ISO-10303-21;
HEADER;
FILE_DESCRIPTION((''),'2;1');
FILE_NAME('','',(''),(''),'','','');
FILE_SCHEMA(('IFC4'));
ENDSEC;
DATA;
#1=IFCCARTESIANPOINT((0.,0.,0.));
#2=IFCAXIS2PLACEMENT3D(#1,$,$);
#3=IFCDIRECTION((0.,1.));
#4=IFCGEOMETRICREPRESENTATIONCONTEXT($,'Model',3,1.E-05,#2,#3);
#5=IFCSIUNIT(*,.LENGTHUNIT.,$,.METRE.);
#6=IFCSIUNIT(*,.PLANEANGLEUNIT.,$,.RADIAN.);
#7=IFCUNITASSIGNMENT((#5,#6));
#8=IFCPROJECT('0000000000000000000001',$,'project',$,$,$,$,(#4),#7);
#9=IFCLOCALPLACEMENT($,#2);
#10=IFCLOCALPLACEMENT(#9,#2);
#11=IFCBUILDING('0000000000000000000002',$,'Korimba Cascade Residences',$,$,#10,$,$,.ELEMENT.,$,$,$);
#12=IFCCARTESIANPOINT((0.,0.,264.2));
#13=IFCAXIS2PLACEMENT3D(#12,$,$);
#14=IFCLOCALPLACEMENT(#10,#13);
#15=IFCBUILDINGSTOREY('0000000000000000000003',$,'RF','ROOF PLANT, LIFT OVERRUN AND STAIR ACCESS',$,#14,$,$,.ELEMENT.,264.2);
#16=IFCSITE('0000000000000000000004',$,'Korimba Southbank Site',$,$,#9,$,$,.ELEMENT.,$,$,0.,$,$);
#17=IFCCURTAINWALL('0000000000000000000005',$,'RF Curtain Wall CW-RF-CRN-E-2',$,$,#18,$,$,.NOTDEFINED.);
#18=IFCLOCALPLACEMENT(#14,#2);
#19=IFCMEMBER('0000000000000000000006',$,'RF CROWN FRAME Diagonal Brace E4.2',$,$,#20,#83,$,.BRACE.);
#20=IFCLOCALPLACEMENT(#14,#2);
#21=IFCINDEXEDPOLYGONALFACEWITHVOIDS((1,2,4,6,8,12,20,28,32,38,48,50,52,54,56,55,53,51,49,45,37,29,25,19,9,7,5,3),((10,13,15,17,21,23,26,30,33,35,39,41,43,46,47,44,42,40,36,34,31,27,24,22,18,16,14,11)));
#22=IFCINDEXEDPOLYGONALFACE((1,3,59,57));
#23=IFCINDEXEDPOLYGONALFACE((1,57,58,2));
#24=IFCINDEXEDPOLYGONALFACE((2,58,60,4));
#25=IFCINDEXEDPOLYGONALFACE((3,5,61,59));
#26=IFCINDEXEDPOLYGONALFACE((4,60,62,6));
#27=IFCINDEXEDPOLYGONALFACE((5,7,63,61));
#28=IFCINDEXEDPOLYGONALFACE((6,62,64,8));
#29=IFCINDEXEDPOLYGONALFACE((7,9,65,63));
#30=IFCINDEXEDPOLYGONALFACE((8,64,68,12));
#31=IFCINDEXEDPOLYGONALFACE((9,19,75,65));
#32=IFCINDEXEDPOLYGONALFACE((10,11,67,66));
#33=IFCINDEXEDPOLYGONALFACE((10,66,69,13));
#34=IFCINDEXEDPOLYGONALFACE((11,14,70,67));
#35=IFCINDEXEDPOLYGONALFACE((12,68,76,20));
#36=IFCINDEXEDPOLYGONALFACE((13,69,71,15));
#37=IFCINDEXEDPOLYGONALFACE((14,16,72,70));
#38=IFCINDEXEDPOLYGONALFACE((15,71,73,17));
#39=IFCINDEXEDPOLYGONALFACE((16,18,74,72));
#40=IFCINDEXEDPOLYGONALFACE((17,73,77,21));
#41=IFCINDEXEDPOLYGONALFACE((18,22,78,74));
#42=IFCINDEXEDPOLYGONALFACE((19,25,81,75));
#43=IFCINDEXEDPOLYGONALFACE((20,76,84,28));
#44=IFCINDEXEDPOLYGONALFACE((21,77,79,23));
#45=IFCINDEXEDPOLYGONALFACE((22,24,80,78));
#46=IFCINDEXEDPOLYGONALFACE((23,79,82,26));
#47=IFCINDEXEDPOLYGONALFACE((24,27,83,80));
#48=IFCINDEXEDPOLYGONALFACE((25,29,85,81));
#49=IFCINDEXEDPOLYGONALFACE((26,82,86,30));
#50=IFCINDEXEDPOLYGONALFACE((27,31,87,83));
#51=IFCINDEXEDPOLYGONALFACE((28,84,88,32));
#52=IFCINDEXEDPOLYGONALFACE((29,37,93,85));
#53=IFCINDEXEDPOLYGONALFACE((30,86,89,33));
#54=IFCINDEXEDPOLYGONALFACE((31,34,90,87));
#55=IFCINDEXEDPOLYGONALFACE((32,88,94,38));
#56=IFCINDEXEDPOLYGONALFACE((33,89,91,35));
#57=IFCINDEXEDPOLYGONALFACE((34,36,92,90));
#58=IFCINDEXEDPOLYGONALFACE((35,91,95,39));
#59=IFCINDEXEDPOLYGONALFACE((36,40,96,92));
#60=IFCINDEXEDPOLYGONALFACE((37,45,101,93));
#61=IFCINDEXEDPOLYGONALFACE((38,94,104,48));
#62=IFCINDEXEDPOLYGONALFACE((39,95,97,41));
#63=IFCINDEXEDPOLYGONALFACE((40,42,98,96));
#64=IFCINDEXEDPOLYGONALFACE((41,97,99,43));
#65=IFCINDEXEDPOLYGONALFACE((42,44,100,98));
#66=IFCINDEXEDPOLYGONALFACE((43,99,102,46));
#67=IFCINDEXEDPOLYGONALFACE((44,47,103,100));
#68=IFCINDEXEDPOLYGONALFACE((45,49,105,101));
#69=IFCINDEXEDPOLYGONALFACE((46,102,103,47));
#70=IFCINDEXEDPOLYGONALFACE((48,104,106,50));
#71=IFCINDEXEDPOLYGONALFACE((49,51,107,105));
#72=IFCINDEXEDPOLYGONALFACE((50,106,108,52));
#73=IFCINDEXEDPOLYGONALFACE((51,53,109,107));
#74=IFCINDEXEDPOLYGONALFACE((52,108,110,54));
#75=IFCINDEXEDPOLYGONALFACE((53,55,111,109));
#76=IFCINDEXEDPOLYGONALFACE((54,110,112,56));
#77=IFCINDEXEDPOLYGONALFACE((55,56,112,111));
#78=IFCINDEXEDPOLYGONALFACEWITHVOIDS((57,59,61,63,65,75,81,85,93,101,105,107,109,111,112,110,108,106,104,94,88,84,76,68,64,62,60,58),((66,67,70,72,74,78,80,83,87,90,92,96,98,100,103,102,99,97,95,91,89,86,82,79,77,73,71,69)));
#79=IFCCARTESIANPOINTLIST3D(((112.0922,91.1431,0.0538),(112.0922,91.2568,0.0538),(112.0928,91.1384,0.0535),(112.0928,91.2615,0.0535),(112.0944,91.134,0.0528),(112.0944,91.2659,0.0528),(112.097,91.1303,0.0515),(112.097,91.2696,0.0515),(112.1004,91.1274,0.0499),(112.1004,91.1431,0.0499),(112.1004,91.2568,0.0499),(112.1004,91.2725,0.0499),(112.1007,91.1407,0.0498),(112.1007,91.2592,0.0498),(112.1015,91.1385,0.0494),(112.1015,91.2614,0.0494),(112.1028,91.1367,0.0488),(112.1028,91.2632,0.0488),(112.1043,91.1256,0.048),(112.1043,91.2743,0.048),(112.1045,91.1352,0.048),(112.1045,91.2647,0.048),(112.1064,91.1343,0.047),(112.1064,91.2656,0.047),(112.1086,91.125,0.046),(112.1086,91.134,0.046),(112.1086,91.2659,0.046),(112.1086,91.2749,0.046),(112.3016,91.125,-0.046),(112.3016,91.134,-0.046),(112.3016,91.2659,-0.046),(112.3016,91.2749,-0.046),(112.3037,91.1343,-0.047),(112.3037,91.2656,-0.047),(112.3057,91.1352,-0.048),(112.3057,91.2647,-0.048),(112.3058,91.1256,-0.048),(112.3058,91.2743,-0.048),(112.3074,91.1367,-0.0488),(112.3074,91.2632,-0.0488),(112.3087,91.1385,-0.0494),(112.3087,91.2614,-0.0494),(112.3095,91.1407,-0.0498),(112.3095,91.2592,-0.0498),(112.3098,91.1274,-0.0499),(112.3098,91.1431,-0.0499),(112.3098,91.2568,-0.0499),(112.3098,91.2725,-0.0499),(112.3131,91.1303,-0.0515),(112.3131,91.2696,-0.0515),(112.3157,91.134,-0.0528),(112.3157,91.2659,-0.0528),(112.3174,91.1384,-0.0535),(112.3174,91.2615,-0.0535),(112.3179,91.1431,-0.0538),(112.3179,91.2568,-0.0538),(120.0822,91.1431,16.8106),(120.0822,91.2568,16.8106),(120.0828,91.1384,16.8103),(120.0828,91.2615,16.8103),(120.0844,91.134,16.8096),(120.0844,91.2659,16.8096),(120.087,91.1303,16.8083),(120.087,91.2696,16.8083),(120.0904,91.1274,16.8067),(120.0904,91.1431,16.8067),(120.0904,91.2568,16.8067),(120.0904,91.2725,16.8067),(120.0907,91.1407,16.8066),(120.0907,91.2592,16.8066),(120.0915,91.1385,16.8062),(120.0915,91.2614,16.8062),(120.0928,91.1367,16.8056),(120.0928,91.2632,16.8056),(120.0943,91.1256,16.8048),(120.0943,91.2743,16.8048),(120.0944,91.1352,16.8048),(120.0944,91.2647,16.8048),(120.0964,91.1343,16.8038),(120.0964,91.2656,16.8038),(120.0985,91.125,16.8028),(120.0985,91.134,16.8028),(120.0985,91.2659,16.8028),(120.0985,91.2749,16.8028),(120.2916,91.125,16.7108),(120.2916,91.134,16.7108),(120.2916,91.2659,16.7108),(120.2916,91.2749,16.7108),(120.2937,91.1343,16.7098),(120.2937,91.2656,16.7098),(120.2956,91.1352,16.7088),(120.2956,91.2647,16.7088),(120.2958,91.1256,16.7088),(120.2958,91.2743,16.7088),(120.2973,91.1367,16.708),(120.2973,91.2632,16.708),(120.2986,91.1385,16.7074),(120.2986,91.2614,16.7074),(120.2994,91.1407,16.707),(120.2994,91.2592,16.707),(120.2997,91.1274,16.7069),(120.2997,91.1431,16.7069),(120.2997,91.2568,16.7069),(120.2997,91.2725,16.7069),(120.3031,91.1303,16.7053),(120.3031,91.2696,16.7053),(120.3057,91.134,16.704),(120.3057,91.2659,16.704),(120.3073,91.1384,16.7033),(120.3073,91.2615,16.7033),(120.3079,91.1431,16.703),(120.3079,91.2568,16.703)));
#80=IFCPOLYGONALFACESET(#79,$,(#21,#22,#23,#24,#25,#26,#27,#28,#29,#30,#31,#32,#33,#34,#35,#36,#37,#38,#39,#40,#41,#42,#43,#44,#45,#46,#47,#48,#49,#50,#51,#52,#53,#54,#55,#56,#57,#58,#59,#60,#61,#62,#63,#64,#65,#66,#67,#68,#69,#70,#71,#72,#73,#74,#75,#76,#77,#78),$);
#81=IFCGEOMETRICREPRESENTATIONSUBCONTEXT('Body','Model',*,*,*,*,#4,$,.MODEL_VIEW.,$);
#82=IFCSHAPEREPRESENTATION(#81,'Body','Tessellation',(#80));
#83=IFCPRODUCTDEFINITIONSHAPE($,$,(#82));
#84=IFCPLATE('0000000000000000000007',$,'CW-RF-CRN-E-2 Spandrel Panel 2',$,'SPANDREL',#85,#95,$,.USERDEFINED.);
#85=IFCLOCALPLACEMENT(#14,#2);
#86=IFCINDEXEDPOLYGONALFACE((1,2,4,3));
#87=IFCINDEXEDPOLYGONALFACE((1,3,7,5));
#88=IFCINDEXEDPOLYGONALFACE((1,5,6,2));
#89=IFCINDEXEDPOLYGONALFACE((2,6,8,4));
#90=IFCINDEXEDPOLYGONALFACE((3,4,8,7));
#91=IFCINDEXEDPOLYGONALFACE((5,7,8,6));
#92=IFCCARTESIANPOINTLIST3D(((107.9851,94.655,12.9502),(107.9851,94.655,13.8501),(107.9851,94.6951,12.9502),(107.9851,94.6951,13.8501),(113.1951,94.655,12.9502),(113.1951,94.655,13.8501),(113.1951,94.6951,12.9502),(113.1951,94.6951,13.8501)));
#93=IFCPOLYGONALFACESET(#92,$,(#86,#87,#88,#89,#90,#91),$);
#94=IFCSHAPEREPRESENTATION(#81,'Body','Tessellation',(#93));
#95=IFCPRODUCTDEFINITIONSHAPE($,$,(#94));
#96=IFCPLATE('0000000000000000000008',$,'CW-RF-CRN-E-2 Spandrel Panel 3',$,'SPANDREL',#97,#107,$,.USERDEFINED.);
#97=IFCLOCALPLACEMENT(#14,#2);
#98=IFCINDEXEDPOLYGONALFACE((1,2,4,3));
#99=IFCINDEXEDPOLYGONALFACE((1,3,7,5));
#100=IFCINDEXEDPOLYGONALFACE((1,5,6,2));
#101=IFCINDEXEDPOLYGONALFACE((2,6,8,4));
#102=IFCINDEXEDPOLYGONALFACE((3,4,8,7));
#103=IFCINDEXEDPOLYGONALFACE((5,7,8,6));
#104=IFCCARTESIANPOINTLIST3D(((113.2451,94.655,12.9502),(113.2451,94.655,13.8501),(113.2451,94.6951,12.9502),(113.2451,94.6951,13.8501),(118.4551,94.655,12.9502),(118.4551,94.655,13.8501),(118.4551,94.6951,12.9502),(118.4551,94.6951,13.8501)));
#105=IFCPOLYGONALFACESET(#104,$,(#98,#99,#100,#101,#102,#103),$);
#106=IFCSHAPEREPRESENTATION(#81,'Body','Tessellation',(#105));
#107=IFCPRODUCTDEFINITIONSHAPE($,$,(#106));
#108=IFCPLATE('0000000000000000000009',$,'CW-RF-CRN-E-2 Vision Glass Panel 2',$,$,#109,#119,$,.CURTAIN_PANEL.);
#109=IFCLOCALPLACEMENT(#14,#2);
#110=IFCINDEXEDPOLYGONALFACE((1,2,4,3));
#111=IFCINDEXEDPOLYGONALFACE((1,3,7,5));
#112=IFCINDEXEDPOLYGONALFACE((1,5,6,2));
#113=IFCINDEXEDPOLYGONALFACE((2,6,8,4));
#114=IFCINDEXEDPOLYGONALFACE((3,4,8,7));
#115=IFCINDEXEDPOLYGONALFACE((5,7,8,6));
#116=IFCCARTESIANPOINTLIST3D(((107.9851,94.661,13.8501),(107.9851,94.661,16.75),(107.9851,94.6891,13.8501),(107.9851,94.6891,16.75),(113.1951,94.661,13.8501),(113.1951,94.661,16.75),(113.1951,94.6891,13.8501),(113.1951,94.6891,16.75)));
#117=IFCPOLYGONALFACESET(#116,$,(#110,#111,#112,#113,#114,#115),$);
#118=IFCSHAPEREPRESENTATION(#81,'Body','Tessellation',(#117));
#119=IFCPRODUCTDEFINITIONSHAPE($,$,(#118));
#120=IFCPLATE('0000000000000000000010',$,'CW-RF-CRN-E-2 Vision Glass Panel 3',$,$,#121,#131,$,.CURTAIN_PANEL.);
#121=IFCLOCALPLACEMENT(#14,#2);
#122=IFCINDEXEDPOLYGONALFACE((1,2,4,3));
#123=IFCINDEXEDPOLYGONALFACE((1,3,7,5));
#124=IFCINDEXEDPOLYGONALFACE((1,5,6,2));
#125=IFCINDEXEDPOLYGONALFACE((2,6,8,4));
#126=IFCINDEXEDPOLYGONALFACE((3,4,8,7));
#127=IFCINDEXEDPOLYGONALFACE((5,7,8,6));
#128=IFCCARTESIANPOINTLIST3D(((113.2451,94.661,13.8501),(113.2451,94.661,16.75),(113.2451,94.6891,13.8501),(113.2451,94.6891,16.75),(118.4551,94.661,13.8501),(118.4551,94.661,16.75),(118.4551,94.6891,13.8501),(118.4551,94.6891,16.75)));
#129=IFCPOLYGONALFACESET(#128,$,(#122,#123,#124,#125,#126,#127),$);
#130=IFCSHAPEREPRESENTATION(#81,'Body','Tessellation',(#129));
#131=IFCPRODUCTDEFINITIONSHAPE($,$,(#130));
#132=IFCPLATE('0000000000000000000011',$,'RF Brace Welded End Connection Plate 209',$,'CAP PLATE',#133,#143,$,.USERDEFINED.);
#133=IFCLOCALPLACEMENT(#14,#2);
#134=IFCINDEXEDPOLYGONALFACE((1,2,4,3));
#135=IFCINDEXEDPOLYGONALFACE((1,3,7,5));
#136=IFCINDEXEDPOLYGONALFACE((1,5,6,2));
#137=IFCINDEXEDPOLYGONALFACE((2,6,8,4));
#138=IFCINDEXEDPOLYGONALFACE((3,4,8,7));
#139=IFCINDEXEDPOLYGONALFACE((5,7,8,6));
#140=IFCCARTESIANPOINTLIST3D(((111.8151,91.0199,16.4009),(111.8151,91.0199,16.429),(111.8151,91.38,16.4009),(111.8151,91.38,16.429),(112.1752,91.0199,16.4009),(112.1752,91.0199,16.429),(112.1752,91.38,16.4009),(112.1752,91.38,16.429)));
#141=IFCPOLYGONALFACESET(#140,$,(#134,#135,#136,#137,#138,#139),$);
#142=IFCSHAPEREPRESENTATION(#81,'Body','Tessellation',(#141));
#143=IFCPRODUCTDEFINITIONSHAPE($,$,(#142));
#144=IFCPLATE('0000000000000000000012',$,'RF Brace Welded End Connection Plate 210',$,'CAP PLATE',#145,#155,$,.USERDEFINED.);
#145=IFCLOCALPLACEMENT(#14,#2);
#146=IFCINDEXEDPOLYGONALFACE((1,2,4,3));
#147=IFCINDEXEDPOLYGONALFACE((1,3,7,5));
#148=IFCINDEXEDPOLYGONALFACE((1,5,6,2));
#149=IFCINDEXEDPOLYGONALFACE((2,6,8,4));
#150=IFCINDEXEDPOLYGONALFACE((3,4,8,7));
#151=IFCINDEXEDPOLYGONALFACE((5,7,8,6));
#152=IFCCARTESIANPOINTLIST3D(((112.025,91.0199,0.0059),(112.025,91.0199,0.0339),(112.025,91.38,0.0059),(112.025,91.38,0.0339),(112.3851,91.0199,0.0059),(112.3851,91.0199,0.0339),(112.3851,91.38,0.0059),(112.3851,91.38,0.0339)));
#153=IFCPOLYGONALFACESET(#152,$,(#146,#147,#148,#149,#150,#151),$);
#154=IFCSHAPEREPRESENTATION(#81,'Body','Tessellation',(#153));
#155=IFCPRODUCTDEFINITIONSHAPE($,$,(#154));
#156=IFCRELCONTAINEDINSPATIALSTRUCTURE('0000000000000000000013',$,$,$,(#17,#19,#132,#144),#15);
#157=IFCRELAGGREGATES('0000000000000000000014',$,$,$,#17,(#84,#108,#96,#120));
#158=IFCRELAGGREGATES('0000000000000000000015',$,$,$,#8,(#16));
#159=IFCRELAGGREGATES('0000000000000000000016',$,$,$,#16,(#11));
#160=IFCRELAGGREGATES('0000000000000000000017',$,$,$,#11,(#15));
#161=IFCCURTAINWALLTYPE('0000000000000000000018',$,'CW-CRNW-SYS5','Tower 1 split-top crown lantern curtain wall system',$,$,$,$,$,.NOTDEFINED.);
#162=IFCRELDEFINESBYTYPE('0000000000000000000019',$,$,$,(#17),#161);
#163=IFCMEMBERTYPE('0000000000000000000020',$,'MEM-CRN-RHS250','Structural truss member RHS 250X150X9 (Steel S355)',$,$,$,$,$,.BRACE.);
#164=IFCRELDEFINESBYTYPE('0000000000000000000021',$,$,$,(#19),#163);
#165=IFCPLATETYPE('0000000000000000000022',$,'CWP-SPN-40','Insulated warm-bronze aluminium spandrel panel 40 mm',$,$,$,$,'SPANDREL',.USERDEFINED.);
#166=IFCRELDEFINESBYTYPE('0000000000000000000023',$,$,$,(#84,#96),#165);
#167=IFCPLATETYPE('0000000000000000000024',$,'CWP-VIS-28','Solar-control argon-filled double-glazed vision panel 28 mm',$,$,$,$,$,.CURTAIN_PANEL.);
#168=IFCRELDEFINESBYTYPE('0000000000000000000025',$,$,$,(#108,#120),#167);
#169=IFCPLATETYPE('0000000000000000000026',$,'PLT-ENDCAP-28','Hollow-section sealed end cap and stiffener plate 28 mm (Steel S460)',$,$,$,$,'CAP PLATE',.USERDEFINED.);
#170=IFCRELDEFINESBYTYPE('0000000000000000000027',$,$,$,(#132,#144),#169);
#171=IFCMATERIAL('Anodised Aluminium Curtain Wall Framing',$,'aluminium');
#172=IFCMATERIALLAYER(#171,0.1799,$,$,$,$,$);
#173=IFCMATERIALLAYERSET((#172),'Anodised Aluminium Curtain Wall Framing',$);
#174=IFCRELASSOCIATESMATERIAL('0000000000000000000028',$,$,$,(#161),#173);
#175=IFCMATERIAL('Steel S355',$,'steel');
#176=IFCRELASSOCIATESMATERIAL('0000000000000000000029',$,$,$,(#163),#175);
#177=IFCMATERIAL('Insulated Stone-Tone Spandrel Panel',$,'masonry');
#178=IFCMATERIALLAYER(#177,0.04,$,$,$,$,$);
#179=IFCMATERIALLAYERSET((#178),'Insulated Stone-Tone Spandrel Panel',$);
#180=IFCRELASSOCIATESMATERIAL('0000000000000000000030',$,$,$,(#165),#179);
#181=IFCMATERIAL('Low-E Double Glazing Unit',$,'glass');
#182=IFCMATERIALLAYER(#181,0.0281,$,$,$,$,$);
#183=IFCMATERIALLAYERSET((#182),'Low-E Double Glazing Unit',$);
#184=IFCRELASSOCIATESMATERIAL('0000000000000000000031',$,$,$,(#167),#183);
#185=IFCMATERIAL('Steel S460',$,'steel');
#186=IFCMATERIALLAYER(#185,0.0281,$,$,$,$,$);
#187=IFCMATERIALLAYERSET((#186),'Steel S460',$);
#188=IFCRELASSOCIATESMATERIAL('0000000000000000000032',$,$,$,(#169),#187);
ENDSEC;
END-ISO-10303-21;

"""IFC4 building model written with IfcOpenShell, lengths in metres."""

from ifc_helpers import new_model, si_unit, direction, frame, origin, origin_2d, place, context, subcontext, project, spatial, rectangle, hollow_rectangle, extrude, material, layer, layer_set, material_profile, profile_set, type_object, element, aggregate, save


model = new_model("IFC4")

# Units and contexts
model_context = context("Model", 3, precision=1e-05, world=origin(), true_north=direction((0.0, 1.0)))
body_context = subcontext(model_context, "Body", "Model", "MODEL_VIEW")
ifc_project = project(units=[si_unit("LENGTHUNIT", "METRE"), si_unit("PLANEANGLEUNIT", "RADIAN")], contexts=[model_context])

# Site, building, storey
site_placement = place(None, origin())
site = spatial("IfcSite", under=ifc_project, at=site_placement, Name="Korimba Southbank Site", CompositionType="ELEMENT", RefElevation=0.0)
building_placement = place(site_placement, origin())
building = spatial("IfcBuilding", under=site, at=building_placement, Name="Korimba Cascade Residences", CompositionType="ELEMENT")
storey_placement = place(building_placement, frame((0.0, 0.0, 264.2)))
storey = spatial("IfcBuildingStorey", under=building, at=storey_placement, Name="RF", Description="ROOF PLANT, LIFT OVERRUN AND STAIR ACCESS", CompositionType="ELEMENT", Elevation=264.2)

# Shared definitions
ifc_material_1 = material(Name="Steel S355", Category="steel")

# Curtain wall
ifc_material_2 = material(Name="Anodised Aluminium Curtain Wall Framing", Category="aluminium")
ifc_layer_1 = layer(ifc_material_2, 0.1799)
ifc_layer_set_1 = layer_set([ifc_layer_1], Name="Anodised Aluminium Curtain Wall Framing")
curtain_wall_type = type_object("IfcCurtainWallType", Name="CW-CRNW-SYS5", Description="Tower 1 split-top crown lantern curtain wall system", PredefinedType="NOTDEFINED", material=ifc_layer_set_1)
curtain_wall_placement = place(storey_placement, origin())
curtain_wall = element("IfcCurtainWall", 1, at=curtain_wall_placement, inside=storey, type_object=curtain_wall_type, Name="RF Curtain Wall CW-RF-CRN-E-2", PredefinedType="NOTDEFINED")

# Member
ifc_material_profile_1 = material_profile(ifc_material_1, hollow_rectangle(XDim=0.1499, YDim=0.25, WallThickness=0.009, InnerFilletRadius=0.009, OuterFilletRadius=0.0181, at=origin_2d()), Name="Steel S355")
ifc_profile_set_1 = profile_set([ifc_material_profile_1], Name="Steel S355")
member_type_1 = type_object("IfcMemberType", Name="MEM-CRN-RHS250", Description="Structural truss member RHS 250X150X9 (Steel S355)", PredefinedType="BRACE", material=ifc_profile_set_1)
member_1_placement = place(storey_placement, frame((112.2051, 91.2, 0.0), z_axis=(0.430397, 0.0, 0.90264), x_axis=(0.0, 1.0, 0.0)))
element("IfcMember", 2, at=member_1_placement, inside=storey, type_object=member_type_1, Name="RF CROWN FRAME Diagonal Brace E4.2", PredefinedType="BRACE", context=body_context, shape_type="SweptSolid", body=[
    extrude(hollow_rectangle(XDim=0.1499, YDim=0.25, WallThickness=0.009, InnerFilletRadius=0.009, OuterFilletRadius=0.0181, at=origin_2d()), origin(), (0.0, 0.0, 1.0), 18.5642),
])

# Plates
ifc_material_3 = material(Name="Insulated Stone-Tone Spandrel Panel", Category="masonry")
ifc_layer_2 = layer(ifc_material_3, 0.04)
ifc_layer_set_2 = layer_set([ifc_layer_2], Name="Insulated Stone-Tone Spandrel Panel")
plate_type_1 = type_object("IfcPlateType", Name="CWP-SPN-40", Description="Insulated warm-bronze aluminium spandrel panel 40 mm", ElementType="SPANDREL", PredefinedType="USERDEFINED", material=ifc_layer_set_2)
plate_1_placement = place(storey_placement, frame((110.5901, 94.675, 12.9502), z_axis=(0.0, 0.0, 1.0), x_axis=(1.0, 0.0, 0.0)))
plate_1 = element("IfcPlate", 3, at=plate_1_placement, type_object=plate_type_1, Name="CW-RF-CRN-E-2 Spandrel Panel 2", ObjectType="SPANDREL", PredefinedType="USERDEFINED", context=body_context, shape_type="SweptSolid", body=[
    extrude(rectangle(XDim=5.21, YDim=0.04, at=origin_2d()), origin(), (0.0, 0.0, 1.0), 0.8999),
])
plate_2_placement = place(storey_placement, frame((115.8501, 94.675, 12.9502), z_axis=(0.0, 0.0, 1.0), x_axis=(1.0, 0.0, 0.0)))
plate_2 = element("IfcPlate", 4, at=plate_2_placement, type_object=plate_type_1, Name="CW-RF-CRN-E-2 Spandrel Panel 3", ObjectType="SPANDREL", PredefinedType="USERDEFINED", context=body_context, shape_type="SweptSolid", body=[
    extrude(rectangle(XDim=5.21, YDim=0.04, at=origin_2d()), origin(), (0.0, 0.0, 1.0), 0.8999),
])
ifc_material_4 = material(Name="Low-E Double Glazing Unit", Category="glass")
ifc_layer_3 = layer(ifc_material_4, 0.0281)
ifc_layer_set_3 = layer_set([ifc_layer_3], Name="Low-E Double Glazing Unit")
plate_type_2 = type_object("IfcPlateType", Name="CWP-VIS-28", Description="Solar-control argon-filled double-glazed vision panel 28 mm", PredefinedType="CURTAIN_PANEL", material=ifc_layer_set_3)
plate_3_placement = place(storey_placement, frame((110.5901, 94.675, 13.8501), z_axis=(0.0, 0.0, 1.0), x_axis=(1.0, 0.0, 0.0)))
plate_3 = element("IfcPlate", 5, at=plate_3_placement, type_object=plate_type_2, Name="CW-RF-CRN-E-2 Vision Glass Panel 2", PredefinedType="CURTAIN_PANEL", context=body_context, shape_type="SweptSolid", body=[
    extrude(rectangle(XDim=5.21, YDim=0.0281, at=origin_2d()), origin(), (0.0, 0.0, 1.0), 2.8999),
])
plate_4_placement = place(storey_placement, frame((115.8501, 94.675, 13.8501), z_axis=(0.0, 0.0, 1.0), x_axis=(1.0, 0.0, 0.0)))
plate_4 = element("IfcPlate", 6, at=plate_4_placement, type_object=plate_type_2, Name="CW-RF-CRN-E-2 Vision Glass Panel 3", PredefinedType="CURTAIN_PANEL", context=body_context, shape_type="SweptSolid", body=[
    extrude(rectangle(XDim=5.21, YDim=0.0281, at=origin_2d()), origin(), (0.0, 0.0, 1.0), 2.8999),
])
aggregate(curtain_wall, [plate_1, plate_3, plate_2, plate_4])

# Plates
ifc_material_5 = material(Name="Steel S460", Category="steel")
ifc_layer_4 = layer(ifc_material_5, 0.0281)
ifc_layer_set_4 = layer_set([ifc_layer_4], Name="Steel S460")
plate_type_3 = type_object("IfcPlateType", Name="PLT-ENDCAP-28", Description="Hollow-section sealed end cap and stiffener plate 28 mm (Steel S460)", ElementType="CAP PLATE", PredefinedType="USERDEFINED", material=ifc_layer_set_4)
for number, where, z_axis, x_axis, name in (
    (7, (111.9951, 91.2, 16.4009), (0.0, 0.0, 1.0), (1.0, 0.0, 0.0), "RF Brace Welded End Connection Plate 209"),
    (8, (112.2051, 91.2, 0.0059), (0.0, 0.0, 1.0), (1.0, 0.0, 0.0), "RF Brace Welded End Connection Plate 210"),
):
    element("IfcPlate", number, at=place(storey_placement, frame(where, z_axis=z_axis, x_axis=x_axis)), inside=storey, type_object=plate_type_3, Name=name, ObjectType="CAP PLATE", PredefinedType="USERDEFINED", context=body_context, shape_type="SweptSolid", body=[
        extrude(rectangle(XDim=0.3601, YDim=0.3601, at=origin_2d()), origin(), (0.0, 0.0, 1.0), 0.0281),
    ])

save(model, "model.ifc")
